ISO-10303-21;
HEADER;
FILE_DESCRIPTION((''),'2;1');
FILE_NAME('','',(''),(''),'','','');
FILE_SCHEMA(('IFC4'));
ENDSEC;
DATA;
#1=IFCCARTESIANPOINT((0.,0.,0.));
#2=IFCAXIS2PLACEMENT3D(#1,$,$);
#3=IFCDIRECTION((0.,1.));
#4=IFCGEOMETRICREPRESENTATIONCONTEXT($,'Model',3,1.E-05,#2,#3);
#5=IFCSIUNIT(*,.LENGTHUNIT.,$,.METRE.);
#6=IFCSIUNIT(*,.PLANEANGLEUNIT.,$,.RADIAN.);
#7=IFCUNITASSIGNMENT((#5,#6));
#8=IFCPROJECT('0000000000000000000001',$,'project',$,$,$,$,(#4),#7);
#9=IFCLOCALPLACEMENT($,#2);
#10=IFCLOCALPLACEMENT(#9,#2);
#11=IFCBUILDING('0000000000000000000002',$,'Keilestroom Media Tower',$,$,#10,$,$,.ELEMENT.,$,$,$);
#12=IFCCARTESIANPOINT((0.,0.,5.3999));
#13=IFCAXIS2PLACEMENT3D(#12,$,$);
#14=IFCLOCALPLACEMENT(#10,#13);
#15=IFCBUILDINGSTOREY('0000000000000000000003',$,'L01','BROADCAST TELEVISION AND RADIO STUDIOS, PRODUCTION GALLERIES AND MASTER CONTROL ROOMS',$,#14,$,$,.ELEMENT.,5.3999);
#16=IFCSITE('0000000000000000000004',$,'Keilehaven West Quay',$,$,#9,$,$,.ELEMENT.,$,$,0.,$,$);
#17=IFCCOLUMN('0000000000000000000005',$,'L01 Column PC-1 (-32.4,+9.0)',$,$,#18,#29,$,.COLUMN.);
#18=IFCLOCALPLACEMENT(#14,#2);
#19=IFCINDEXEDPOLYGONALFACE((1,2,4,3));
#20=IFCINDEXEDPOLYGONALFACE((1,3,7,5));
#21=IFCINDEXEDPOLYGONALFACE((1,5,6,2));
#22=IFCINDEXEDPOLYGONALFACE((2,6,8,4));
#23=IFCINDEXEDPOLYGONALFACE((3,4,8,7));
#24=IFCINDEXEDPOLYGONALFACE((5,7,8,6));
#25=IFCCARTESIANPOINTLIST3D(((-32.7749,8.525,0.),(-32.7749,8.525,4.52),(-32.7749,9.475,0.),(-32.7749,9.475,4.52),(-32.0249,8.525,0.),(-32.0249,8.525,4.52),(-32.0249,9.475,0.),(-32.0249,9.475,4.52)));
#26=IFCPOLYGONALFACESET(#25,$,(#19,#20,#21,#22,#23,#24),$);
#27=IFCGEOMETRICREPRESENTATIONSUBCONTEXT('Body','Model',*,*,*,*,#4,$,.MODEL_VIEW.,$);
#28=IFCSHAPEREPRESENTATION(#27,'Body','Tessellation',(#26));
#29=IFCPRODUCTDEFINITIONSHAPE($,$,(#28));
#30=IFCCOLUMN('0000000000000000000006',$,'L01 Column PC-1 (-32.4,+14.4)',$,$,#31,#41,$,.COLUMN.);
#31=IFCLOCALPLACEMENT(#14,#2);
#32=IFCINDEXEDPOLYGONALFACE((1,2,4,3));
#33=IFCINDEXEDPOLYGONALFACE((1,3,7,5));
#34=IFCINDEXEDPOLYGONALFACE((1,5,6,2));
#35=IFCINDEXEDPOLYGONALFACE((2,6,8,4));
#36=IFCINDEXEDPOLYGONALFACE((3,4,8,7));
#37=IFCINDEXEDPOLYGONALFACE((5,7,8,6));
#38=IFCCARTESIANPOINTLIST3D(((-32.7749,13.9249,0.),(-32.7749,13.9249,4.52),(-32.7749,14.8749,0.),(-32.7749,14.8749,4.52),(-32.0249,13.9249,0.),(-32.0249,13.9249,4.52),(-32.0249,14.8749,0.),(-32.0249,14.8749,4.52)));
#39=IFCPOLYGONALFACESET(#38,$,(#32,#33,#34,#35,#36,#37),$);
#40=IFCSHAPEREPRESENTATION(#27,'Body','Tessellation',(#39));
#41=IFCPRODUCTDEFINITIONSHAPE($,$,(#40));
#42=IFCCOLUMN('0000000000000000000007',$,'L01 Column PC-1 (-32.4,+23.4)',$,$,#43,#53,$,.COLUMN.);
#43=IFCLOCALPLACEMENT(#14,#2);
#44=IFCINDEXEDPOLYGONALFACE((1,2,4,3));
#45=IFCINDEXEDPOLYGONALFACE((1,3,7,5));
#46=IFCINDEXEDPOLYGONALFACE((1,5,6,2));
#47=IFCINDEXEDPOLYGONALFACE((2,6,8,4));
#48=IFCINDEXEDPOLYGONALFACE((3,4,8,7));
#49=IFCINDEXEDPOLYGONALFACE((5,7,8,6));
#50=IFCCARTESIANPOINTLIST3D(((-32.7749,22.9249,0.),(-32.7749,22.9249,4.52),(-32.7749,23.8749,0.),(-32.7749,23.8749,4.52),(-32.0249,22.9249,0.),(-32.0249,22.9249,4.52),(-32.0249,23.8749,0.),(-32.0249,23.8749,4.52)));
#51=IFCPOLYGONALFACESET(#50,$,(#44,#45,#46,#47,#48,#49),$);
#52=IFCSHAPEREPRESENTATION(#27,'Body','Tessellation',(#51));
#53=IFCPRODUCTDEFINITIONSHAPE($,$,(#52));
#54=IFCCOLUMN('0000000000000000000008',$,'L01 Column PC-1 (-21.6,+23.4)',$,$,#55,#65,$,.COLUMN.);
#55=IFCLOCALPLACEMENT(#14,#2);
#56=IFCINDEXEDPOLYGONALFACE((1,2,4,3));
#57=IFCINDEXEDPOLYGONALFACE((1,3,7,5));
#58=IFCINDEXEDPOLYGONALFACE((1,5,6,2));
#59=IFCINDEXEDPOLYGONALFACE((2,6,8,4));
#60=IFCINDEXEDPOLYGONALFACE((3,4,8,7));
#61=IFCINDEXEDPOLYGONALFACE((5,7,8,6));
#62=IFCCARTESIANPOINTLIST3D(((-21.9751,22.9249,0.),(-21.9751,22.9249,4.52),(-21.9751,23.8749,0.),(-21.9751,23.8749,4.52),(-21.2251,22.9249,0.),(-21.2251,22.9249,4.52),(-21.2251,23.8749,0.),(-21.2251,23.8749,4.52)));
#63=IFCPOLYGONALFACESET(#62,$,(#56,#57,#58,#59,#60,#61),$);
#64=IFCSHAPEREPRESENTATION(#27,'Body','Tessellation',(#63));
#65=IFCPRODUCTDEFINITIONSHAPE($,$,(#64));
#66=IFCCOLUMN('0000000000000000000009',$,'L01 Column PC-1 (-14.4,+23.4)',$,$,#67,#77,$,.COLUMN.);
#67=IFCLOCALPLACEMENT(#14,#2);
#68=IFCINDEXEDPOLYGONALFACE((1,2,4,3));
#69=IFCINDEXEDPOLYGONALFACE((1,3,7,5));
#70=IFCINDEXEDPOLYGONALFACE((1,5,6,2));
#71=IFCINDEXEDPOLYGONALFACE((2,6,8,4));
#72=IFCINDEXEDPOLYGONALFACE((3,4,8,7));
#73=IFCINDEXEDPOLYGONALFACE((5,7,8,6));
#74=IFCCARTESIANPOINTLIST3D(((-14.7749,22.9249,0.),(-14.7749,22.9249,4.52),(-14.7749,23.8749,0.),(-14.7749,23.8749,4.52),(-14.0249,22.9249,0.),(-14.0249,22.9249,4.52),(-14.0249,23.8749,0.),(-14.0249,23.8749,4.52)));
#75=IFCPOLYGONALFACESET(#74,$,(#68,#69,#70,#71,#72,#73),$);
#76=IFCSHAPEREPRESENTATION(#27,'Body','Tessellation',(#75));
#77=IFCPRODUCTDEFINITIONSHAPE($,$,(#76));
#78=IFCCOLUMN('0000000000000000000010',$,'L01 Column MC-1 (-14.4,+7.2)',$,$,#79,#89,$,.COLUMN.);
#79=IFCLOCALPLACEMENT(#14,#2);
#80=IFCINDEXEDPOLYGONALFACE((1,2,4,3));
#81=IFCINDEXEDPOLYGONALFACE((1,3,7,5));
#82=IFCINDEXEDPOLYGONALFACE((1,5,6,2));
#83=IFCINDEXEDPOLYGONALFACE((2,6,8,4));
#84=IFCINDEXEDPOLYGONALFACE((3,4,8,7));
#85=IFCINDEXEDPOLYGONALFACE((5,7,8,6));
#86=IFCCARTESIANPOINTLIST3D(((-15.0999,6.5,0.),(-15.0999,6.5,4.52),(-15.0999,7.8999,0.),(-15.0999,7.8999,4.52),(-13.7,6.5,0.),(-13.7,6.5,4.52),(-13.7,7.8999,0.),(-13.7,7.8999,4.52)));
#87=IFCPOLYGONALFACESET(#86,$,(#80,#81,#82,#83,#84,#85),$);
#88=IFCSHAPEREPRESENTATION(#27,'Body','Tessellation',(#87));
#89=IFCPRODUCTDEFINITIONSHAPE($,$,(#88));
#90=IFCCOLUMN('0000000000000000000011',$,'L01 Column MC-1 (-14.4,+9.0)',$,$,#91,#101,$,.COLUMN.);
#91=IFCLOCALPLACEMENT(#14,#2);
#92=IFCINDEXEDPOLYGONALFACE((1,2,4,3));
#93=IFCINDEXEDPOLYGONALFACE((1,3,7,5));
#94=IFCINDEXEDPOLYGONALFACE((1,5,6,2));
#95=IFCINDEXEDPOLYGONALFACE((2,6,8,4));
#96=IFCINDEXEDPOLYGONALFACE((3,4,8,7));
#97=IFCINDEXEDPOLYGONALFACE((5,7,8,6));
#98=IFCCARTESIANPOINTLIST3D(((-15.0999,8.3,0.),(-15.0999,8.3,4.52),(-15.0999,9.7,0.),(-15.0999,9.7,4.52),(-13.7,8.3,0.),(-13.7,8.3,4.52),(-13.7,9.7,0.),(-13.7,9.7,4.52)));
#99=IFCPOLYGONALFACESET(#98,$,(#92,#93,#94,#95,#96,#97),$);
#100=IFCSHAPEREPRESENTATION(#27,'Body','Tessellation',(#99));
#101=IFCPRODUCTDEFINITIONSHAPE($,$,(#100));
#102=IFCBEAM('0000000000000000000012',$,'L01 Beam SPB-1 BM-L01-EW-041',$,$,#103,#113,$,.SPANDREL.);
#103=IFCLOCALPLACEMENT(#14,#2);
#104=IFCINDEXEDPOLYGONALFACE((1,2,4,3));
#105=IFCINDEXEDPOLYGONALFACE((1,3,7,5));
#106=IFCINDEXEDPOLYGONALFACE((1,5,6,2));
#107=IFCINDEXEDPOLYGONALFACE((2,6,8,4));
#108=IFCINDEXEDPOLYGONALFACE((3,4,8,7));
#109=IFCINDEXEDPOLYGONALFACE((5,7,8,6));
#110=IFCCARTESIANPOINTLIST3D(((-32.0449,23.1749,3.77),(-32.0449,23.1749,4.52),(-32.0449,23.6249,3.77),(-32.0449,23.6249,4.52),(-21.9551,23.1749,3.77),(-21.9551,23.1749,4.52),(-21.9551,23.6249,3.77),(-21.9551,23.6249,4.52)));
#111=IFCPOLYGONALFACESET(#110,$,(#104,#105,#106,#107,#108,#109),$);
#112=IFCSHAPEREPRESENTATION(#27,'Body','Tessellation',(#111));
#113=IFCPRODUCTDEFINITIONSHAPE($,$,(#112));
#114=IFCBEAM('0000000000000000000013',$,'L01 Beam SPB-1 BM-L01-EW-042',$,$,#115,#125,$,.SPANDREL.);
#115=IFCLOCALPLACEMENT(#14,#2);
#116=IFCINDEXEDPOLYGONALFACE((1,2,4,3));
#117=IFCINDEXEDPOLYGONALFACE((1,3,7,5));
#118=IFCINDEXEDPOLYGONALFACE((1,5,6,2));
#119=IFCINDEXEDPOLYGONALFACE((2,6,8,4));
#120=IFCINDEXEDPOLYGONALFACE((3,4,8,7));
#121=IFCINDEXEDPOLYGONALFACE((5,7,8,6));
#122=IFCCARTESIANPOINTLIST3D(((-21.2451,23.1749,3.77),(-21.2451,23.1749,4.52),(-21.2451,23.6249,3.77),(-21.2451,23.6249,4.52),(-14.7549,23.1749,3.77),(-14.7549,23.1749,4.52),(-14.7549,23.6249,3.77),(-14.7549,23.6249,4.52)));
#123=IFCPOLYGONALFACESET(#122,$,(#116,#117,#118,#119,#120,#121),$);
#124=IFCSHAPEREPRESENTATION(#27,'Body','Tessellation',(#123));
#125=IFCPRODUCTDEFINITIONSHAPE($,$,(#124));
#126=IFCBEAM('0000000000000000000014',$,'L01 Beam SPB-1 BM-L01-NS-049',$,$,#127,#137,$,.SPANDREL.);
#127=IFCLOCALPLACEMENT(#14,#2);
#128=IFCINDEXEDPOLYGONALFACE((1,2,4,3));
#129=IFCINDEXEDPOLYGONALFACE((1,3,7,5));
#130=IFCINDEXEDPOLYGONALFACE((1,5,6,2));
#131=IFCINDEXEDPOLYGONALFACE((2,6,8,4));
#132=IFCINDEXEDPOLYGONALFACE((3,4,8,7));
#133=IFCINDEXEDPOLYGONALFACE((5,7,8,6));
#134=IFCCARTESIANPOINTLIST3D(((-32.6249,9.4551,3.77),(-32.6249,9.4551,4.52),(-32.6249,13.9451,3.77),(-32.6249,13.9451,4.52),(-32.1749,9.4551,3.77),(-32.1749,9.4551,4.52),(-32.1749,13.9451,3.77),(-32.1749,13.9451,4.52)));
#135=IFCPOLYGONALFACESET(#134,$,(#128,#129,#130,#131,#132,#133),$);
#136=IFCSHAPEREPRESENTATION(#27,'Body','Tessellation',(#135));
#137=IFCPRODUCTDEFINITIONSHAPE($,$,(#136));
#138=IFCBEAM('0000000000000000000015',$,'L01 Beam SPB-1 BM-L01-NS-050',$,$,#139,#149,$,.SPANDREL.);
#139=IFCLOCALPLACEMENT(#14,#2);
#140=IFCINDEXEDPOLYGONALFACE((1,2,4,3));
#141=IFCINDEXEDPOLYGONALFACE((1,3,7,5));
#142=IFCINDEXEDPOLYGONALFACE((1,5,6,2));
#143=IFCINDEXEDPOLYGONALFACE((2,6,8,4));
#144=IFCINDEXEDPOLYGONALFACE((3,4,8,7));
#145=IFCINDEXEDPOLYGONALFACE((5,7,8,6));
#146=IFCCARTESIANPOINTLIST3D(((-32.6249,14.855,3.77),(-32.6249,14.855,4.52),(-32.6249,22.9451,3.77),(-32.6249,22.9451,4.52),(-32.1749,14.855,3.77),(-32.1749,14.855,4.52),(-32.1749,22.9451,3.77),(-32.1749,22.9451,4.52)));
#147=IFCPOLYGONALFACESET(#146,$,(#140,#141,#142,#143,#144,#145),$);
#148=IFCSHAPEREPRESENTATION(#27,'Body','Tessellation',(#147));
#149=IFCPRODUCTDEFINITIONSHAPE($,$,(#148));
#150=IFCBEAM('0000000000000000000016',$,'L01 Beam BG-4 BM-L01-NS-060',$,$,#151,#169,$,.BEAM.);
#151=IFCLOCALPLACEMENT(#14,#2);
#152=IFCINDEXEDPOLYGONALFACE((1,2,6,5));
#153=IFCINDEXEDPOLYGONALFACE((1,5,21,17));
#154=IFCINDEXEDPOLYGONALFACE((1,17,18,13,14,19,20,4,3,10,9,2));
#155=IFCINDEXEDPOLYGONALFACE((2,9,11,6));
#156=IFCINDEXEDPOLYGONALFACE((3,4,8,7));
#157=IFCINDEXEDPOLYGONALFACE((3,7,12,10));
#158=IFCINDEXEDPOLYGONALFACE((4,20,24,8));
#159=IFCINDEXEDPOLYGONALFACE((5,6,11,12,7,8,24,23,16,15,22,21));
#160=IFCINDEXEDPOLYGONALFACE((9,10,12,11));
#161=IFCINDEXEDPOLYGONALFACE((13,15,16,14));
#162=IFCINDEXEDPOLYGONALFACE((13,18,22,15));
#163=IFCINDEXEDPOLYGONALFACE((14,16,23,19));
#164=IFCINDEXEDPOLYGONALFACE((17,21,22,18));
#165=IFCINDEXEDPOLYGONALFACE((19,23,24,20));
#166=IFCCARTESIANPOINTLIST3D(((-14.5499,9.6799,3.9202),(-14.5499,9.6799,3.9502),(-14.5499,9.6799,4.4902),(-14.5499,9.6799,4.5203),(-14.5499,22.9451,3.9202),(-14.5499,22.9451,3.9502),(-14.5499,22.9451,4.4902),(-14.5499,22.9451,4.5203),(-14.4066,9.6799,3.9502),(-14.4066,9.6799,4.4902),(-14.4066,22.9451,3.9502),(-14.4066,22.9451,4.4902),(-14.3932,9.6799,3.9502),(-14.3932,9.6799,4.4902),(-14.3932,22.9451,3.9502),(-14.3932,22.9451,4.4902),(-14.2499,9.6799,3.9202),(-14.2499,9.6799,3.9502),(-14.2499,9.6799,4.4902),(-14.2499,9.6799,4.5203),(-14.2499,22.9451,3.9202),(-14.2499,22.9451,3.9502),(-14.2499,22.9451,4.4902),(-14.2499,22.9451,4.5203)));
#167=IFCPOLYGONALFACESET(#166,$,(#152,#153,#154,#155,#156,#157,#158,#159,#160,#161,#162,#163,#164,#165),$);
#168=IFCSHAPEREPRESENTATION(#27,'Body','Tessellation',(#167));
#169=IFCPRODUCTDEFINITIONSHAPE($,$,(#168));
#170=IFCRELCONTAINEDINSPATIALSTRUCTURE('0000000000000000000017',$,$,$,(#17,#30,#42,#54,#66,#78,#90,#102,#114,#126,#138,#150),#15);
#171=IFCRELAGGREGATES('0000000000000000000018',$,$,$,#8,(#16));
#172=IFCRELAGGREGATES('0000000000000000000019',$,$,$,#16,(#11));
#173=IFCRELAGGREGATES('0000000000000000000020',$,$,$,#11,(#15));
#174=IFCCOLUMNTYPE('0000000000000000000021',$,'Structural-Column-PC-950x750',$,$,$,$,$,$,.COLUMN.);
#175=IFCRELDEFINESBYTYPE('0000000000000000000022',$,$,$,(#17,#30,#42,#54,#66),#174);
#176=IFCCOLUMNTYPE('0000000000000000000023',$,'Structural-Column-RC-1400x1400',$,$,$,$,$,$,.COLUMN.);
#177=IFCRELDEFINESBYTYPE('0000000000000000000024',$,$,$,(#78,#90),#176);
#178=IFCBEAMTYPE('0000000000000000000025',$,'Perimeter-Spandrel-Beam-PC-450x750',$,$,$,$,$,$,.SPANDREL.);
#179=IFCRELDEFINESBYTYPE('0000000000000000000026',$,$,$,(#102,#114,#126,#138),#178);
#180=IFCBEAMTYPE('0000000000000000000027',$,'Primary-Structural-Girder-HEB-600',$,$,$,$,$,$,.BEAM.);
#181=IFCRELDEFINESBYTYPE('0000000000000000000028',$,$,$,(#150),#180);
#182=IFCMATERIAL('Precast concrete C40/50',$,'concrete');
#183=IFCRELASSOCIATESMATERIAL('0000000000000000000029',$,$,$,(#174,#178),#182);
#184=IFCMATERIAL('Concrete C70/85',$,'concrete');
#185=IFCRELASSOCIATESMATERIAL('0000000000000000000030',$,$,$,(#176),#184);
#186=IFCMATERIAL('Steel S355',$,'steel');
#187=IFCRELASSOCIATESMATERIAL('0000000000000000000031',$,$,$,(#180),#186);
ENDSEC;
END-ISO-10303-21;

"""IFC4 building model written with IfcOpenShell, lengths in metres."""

from ifc_helpers import new_model, si_unit, direction, frame, origin, origin_2d, place, context, subcontext, project, spatial, rectangle, i_section, extrude, source, transform, mapped, material, material_profile, profile_set, type_object, element, save


model = new_model("IFC4")

# Units and contexts
model_context = context("Model", 3, precision=1e-05, world=origin(), true_north=direction((0.0, 1.0)))
body_context = subcontext(model_context, "Body", "Model", "MODEL_VIEW")
ifc_project = project(units=[si_unit("LENGTHUNIT", "METRE"), si_unit("PLANEANGLEUNIT", "RADIAN")], contexts=[model_context])

# Site, building, storey
site_placement = place(None, origin())
site = spatial("IfcSite", under=ifc_project, at=site_placement, Name="Keilehaven West Quay", CompositionType="ELEMENT", RefElevation=0.0)
building_placement = place(site_placement, origin())
building = spatial("IfcBuilding", under=site, at=building_placement, Name="Keilestroom Media Tower", CompositionType="ELEMENT")
storey_placement = place(building_placement, frame((0.0, 0.0, 5.3999)))
storey = spatial("IfcBuildingStorey", under=building, at=storey_placement, Name="L01", Description="BROADCAST TELEVISION AND RADIO STUDIOS, PRODUCTION GALLERIES AND MASTER CONTROL ROOMS", CompositionType="ELEMENT", Elevation=5.3999)

# Columns
ifc_material_1 = material(Name="Precast concrete C40/50", Category="concrete")
ifc_material_profile_1 = material_profile(ifc_material_1, rectangle(XDim=0.75, YDim=0.95, at=origin_2d()), Name="PC 950x750")
ifc_profile_set_1 = profile_set([ifc_material_profile_1], Name="Precast concrete C40/50")
column_type_1 = type_object("IfcColumnType", Name="Structural-Column-PC-950x750", PredefinedType="COLUMN", material=ifc_profile_set_1)
shared_shape_1 = source(origin(), body_context, "Body", "SweptSolid", [
    extrude(rectangle(XDim=0.75, YDim=0.95, at=origin_2d()), origin(), (0.0, 0.0, 1.0), 4.52),
])
for number, where, z_axis, x_axis, name in (
    (1, (-32.3999, 9.0, 0.0), (0.0, 0.0, 1.0), (1.0, 0.0, 0.0), "L01 Column PC-1 (-32.4,+9.0)"),
    (2, (-32.3999, 14.3999, 0.0), (0.0, 0.0, 1.0), (1.0, 0.0, 0.0), "L01 Column PC-1 (-32.4,+14.4)"),
    (3, (-32.3999, 23.3999, 0.0), (0.0, 0.0, 1.0), (1.0, 0.0, 0.0), "L01 Column PC-1 (-32.4,+23.4)"),
    (4, (-21.6001, 23.3999, 0.0), (0.0, 0.0, 1.0), (1.0, 0.0, 0.0), "L01 Column PC-1 (-21.6,+23.4)"),
    (5, (-14.3999, 23.3999, 0.0), (0.0, 0.0, 1.0), (1.0, 0.0, 0.0), "L01 Column PC-1 (-14.4,+23.4)"),
):
    element("IfcColumn", number, at=place(storey_placement, frame(where, z_axis=z_axis, x_axis=x_axis)), inside=storey, type_object=column_type_1, Name=name, PredefinedType="COLUMN", context=body_context, shape_type="MappedRepresentation", body=[
        mapped(shared_shape_1, transform((0.0, 0.0, 0.0), x_axis=(1.0, 0.0, 0.0), y_axis=(0.0, 1.0, 0.0), z_axis=(0.0, 0.0, 1.0), scale=1.0)),
    ])
ifc_material_2 = material(Name="Concrete C70/85", Category="concrete")
ifc_material_profile_2 = material_profile(ifc_material_2, rectangle(XDim=1.3999, YDim=1.3999, at=origin_2d()), Name="RC 1400x1400")
ifc_profile_set_2 = profile_set([ifc_material_profile_2], Name="Concrete C70/85")
column_type_2 = type_object("IfcColumnType", Name="Structural-Column-RC-1400x1400", PredefinedType="COLUMN", material=ifc_profile_set_2)
shared_shape_2 = source(origin(), body_context, "Body", "SweptSolid", [
    extrude(rectangle(XDim=1.3999, YDim=1.3999, at=origin_2d()), origin(), (0.0, 0.0, 1.0), 4.52),
])
for number, where, z_axis, x_axis, name in (
    (6, (-14.3999, 7.2, 0.0), (0.0, 0.0, 1.0), (1.0, 0.0, 0.0), "L01 Column MC-1 (-14.4,+7.2)"),
    (7, (-14.3999, 9.0, 0.0), (0.0, 0.0, 1.0), (1.0, 0.0, 0.0), "L01 Column MC-1 (-14.4,+9.0)"),
):
    element("IfcColumn", number, at=place(storey_placement, frame(where, z_axis=z_axis, x_axis=x_axis)), inside=storey, type_object=column_type_2, Name=name, PredefinedType="COLUMN", context=body_context, shape_type="MappedRepresentation", body=[
        mapped(shared_shape_2, transform((0.0, 0.0, 0.0), x_axis=(1.0, 0.0, 0.0), y_axis=(0.0, 1.0, 0.0), z_axis=(0.0, 0.0, 1.0), scale=1.0)),
    ])

# Beams
ifc_material_profile_3 = material_profile(ifc_material_1, rectangle(XDim=0.45, YDim=0.75, at=origin_2d()), Name="PC 450x750")
ifc_profile_set_3 = profile_set([ifc_material_profile_3], Name="Precast concrete C40/50")
beam_type_1 = type_object("IfcBeamType", Name="Perimeter-Spandrel-Beam-PC-450x750", PredefinedType="SPANDREL", material=ifc_profile_set_3)
shared_shape_3 = source(origin(), body_context, "Body", "SweptSolid", [
    extrude(rectangle(XDim=0.45, YDim=0.75, at=origin_2d()), origin(), (0.0, 0.0, 1.0), 10.0898),
])
beam_1_placement = place(storey_placement, frame((-32.0449, 23.3999, 4.145), z_axis=(1.0, 0.0, 0.0), x_axis=(0.0, 1.0, 0.0)))
element("IfcBeam", 8, at=beam_1_placement, inside=storey, type_object=beam_type_1, Name="L01 Beam SPB-1 BM-L01-EW-041", PredefinedType="SPANDREL", context=body_context, shape_type="MappedRepresentation", body=[
    mapped(shared_shape_3, transform((0.0, 0.0, 0.0), x_axis=(1.0, 0.0, 0.0), y_axis=(0.0, 1.0, 0.0), z_axis=(0.0, 0.0, 1.0), scale=1.0)),
])
shared_shape_4 = source(origin(), body_context, "Body", "SweptSolid", [
    extrude(rectangle(XDim=0.45, YDim=0.75, at=origin_2d()), origin(), (0.0, 0.0, 1.0), 6.4902),
])
beam_2_placement = place(storey_placement, frame((-21.2451, 23.3999, 4.145), z_axis=(1.0, 0.0, 0.0), x_axis=(0.0, 1.0, 0.0)))
element("IfcBeam", 9, at=beam_2_placement, inside=storey, type_object=beam_type_1, Name="L01 Beam SPB-1 BM-L01-EW-042", PredefinedType="SPANDREL", context=body_context, shape_type="MappedRepresentation", body=[
    mapped(shared_shape_4, transform((0.0, 0.0, 0.0), x_axis=(1.0, 0.0, 0.0), y_axis=(0.0, 1.0, 0.0), z_axis=(0.0, 0.0, 1.0), scale=1.0)),
])
shared_shape_5 = source(origin(), body_context, "Body", "SweptSolid", [
    extrude(rectangle(XDim=0.45, YDim=0.75, at=origin_2d()), origin(), (0.0, 0.0, 1.0), 4.49),
])
beam_3_placement = place(storey_placement, frame((-32.3999, 9.4551, 4.145), z_axis=(0.0, 1.0, 0.0), x_axis=(-1.0, 0.0, 0.0)))
element("IfcBeam", 10, at=beam_3_placement, inside=storey, type_object=beam_type_1, Name="L01 Beam SPB-1 BM-L01-NS-049", PredefinedType="SPANDREL", context=body_context, shape_type="MappedRepresentation", body=[
    mapped(shared_shape_5, transform((0.0, 0.0, 0.0), x_axis=(1.0, 0.0, 0.0), y_axis=(0.0, 1.0, 0.0), z_axis=(0.0, 0.0, 1.0), scale=1.0)),
])
shared_shape_6 = source(origin(), body_context, "Body", "SweptSolid", [
    extrude(rectangle(XDim=0.45, YDim=0.75, at=origin_2d()), origin(), (0.0, 0.0, 1.0), 8.0901),
])
beam_4_placement = place(storey_placement, frame((-32.3999, 14.855, 4.145), z_axis=(0.0, 1.0, 0.0), x_axis=(-1.0, 0.0, 0.0)))
element("IfcBeam", 11, at=beam_4_placement, inside=storey, type_object=beam_type_1, Name="L01 Beam SPB-1 BM-L01-NS-050", PredefinedType="SPANDREL", context=body_context, shape_type="MappedRepresentation", body=[
    mapped(shared_shape_6, transform((0.0, 0.0, 0.0), x_axis=(1.0, 0.0, 0.0), y_axis=(0.0, 1.0, 0.0), z_axis=(0.0, 0.0, 1.0), scale=1.0)),
])
ifc_material_3 = material(Name="Steel S355", Category="steel")
ifc_material_profile_4 = material_profile(ifc_material_3, i_section(OverallWidth=0.3, OverallDepth=0.6001, WebThickness=0.0134, FlangeThickness=0.03, at=origin_2d()), Name="HEB 600")
ifc_profile_set_4 = profile_set([ifc_material_profile_4], Name="Steel S355")
beam_type_2 = type_object("IfcBeamType", Name="Primary-Structural-Girder-HEB-600", PredefinedType="BEAM", material=ifc_profile_set_4)
shared_shape_7 = source(origin(), body_context, "Body", "SweptSolid", [
    extrude(i_section(OverallWidth=0.3, OverallDepth=0.6001, WebThickness=0.0134, FlangeThickness=0.03, at=origin_2d()), origin(), (0.0, 0.0, 1.0), 13.2651),
])
beam_5_placement = place(storey_placement, frame((-14.3999, 9.6799, 4.2202), z_axis=(0.0, 1.0, 0.0), x_axis=(-1.0, 0.0, 0.0)))
element("IfcBeam", 12, at=beam_5_placement, inside=storey, type_object=beam_type_2, Name="L01 Beam BG-4 BM-L01-NS-060", PredefinedType="BEAM", context=body_context, shape_type="MappedRepresentation", body=[
    mapped(shared_shape_7, transform((0.0, 0.0, 0.0), x_axis=(1.0, 0.0, 0.0), y_axis=(0.0, 1.0, 0.0), z_axis=(0.0, 0.0, 1.0), scale=1.0)),
])

save(model, "model.ifc")
